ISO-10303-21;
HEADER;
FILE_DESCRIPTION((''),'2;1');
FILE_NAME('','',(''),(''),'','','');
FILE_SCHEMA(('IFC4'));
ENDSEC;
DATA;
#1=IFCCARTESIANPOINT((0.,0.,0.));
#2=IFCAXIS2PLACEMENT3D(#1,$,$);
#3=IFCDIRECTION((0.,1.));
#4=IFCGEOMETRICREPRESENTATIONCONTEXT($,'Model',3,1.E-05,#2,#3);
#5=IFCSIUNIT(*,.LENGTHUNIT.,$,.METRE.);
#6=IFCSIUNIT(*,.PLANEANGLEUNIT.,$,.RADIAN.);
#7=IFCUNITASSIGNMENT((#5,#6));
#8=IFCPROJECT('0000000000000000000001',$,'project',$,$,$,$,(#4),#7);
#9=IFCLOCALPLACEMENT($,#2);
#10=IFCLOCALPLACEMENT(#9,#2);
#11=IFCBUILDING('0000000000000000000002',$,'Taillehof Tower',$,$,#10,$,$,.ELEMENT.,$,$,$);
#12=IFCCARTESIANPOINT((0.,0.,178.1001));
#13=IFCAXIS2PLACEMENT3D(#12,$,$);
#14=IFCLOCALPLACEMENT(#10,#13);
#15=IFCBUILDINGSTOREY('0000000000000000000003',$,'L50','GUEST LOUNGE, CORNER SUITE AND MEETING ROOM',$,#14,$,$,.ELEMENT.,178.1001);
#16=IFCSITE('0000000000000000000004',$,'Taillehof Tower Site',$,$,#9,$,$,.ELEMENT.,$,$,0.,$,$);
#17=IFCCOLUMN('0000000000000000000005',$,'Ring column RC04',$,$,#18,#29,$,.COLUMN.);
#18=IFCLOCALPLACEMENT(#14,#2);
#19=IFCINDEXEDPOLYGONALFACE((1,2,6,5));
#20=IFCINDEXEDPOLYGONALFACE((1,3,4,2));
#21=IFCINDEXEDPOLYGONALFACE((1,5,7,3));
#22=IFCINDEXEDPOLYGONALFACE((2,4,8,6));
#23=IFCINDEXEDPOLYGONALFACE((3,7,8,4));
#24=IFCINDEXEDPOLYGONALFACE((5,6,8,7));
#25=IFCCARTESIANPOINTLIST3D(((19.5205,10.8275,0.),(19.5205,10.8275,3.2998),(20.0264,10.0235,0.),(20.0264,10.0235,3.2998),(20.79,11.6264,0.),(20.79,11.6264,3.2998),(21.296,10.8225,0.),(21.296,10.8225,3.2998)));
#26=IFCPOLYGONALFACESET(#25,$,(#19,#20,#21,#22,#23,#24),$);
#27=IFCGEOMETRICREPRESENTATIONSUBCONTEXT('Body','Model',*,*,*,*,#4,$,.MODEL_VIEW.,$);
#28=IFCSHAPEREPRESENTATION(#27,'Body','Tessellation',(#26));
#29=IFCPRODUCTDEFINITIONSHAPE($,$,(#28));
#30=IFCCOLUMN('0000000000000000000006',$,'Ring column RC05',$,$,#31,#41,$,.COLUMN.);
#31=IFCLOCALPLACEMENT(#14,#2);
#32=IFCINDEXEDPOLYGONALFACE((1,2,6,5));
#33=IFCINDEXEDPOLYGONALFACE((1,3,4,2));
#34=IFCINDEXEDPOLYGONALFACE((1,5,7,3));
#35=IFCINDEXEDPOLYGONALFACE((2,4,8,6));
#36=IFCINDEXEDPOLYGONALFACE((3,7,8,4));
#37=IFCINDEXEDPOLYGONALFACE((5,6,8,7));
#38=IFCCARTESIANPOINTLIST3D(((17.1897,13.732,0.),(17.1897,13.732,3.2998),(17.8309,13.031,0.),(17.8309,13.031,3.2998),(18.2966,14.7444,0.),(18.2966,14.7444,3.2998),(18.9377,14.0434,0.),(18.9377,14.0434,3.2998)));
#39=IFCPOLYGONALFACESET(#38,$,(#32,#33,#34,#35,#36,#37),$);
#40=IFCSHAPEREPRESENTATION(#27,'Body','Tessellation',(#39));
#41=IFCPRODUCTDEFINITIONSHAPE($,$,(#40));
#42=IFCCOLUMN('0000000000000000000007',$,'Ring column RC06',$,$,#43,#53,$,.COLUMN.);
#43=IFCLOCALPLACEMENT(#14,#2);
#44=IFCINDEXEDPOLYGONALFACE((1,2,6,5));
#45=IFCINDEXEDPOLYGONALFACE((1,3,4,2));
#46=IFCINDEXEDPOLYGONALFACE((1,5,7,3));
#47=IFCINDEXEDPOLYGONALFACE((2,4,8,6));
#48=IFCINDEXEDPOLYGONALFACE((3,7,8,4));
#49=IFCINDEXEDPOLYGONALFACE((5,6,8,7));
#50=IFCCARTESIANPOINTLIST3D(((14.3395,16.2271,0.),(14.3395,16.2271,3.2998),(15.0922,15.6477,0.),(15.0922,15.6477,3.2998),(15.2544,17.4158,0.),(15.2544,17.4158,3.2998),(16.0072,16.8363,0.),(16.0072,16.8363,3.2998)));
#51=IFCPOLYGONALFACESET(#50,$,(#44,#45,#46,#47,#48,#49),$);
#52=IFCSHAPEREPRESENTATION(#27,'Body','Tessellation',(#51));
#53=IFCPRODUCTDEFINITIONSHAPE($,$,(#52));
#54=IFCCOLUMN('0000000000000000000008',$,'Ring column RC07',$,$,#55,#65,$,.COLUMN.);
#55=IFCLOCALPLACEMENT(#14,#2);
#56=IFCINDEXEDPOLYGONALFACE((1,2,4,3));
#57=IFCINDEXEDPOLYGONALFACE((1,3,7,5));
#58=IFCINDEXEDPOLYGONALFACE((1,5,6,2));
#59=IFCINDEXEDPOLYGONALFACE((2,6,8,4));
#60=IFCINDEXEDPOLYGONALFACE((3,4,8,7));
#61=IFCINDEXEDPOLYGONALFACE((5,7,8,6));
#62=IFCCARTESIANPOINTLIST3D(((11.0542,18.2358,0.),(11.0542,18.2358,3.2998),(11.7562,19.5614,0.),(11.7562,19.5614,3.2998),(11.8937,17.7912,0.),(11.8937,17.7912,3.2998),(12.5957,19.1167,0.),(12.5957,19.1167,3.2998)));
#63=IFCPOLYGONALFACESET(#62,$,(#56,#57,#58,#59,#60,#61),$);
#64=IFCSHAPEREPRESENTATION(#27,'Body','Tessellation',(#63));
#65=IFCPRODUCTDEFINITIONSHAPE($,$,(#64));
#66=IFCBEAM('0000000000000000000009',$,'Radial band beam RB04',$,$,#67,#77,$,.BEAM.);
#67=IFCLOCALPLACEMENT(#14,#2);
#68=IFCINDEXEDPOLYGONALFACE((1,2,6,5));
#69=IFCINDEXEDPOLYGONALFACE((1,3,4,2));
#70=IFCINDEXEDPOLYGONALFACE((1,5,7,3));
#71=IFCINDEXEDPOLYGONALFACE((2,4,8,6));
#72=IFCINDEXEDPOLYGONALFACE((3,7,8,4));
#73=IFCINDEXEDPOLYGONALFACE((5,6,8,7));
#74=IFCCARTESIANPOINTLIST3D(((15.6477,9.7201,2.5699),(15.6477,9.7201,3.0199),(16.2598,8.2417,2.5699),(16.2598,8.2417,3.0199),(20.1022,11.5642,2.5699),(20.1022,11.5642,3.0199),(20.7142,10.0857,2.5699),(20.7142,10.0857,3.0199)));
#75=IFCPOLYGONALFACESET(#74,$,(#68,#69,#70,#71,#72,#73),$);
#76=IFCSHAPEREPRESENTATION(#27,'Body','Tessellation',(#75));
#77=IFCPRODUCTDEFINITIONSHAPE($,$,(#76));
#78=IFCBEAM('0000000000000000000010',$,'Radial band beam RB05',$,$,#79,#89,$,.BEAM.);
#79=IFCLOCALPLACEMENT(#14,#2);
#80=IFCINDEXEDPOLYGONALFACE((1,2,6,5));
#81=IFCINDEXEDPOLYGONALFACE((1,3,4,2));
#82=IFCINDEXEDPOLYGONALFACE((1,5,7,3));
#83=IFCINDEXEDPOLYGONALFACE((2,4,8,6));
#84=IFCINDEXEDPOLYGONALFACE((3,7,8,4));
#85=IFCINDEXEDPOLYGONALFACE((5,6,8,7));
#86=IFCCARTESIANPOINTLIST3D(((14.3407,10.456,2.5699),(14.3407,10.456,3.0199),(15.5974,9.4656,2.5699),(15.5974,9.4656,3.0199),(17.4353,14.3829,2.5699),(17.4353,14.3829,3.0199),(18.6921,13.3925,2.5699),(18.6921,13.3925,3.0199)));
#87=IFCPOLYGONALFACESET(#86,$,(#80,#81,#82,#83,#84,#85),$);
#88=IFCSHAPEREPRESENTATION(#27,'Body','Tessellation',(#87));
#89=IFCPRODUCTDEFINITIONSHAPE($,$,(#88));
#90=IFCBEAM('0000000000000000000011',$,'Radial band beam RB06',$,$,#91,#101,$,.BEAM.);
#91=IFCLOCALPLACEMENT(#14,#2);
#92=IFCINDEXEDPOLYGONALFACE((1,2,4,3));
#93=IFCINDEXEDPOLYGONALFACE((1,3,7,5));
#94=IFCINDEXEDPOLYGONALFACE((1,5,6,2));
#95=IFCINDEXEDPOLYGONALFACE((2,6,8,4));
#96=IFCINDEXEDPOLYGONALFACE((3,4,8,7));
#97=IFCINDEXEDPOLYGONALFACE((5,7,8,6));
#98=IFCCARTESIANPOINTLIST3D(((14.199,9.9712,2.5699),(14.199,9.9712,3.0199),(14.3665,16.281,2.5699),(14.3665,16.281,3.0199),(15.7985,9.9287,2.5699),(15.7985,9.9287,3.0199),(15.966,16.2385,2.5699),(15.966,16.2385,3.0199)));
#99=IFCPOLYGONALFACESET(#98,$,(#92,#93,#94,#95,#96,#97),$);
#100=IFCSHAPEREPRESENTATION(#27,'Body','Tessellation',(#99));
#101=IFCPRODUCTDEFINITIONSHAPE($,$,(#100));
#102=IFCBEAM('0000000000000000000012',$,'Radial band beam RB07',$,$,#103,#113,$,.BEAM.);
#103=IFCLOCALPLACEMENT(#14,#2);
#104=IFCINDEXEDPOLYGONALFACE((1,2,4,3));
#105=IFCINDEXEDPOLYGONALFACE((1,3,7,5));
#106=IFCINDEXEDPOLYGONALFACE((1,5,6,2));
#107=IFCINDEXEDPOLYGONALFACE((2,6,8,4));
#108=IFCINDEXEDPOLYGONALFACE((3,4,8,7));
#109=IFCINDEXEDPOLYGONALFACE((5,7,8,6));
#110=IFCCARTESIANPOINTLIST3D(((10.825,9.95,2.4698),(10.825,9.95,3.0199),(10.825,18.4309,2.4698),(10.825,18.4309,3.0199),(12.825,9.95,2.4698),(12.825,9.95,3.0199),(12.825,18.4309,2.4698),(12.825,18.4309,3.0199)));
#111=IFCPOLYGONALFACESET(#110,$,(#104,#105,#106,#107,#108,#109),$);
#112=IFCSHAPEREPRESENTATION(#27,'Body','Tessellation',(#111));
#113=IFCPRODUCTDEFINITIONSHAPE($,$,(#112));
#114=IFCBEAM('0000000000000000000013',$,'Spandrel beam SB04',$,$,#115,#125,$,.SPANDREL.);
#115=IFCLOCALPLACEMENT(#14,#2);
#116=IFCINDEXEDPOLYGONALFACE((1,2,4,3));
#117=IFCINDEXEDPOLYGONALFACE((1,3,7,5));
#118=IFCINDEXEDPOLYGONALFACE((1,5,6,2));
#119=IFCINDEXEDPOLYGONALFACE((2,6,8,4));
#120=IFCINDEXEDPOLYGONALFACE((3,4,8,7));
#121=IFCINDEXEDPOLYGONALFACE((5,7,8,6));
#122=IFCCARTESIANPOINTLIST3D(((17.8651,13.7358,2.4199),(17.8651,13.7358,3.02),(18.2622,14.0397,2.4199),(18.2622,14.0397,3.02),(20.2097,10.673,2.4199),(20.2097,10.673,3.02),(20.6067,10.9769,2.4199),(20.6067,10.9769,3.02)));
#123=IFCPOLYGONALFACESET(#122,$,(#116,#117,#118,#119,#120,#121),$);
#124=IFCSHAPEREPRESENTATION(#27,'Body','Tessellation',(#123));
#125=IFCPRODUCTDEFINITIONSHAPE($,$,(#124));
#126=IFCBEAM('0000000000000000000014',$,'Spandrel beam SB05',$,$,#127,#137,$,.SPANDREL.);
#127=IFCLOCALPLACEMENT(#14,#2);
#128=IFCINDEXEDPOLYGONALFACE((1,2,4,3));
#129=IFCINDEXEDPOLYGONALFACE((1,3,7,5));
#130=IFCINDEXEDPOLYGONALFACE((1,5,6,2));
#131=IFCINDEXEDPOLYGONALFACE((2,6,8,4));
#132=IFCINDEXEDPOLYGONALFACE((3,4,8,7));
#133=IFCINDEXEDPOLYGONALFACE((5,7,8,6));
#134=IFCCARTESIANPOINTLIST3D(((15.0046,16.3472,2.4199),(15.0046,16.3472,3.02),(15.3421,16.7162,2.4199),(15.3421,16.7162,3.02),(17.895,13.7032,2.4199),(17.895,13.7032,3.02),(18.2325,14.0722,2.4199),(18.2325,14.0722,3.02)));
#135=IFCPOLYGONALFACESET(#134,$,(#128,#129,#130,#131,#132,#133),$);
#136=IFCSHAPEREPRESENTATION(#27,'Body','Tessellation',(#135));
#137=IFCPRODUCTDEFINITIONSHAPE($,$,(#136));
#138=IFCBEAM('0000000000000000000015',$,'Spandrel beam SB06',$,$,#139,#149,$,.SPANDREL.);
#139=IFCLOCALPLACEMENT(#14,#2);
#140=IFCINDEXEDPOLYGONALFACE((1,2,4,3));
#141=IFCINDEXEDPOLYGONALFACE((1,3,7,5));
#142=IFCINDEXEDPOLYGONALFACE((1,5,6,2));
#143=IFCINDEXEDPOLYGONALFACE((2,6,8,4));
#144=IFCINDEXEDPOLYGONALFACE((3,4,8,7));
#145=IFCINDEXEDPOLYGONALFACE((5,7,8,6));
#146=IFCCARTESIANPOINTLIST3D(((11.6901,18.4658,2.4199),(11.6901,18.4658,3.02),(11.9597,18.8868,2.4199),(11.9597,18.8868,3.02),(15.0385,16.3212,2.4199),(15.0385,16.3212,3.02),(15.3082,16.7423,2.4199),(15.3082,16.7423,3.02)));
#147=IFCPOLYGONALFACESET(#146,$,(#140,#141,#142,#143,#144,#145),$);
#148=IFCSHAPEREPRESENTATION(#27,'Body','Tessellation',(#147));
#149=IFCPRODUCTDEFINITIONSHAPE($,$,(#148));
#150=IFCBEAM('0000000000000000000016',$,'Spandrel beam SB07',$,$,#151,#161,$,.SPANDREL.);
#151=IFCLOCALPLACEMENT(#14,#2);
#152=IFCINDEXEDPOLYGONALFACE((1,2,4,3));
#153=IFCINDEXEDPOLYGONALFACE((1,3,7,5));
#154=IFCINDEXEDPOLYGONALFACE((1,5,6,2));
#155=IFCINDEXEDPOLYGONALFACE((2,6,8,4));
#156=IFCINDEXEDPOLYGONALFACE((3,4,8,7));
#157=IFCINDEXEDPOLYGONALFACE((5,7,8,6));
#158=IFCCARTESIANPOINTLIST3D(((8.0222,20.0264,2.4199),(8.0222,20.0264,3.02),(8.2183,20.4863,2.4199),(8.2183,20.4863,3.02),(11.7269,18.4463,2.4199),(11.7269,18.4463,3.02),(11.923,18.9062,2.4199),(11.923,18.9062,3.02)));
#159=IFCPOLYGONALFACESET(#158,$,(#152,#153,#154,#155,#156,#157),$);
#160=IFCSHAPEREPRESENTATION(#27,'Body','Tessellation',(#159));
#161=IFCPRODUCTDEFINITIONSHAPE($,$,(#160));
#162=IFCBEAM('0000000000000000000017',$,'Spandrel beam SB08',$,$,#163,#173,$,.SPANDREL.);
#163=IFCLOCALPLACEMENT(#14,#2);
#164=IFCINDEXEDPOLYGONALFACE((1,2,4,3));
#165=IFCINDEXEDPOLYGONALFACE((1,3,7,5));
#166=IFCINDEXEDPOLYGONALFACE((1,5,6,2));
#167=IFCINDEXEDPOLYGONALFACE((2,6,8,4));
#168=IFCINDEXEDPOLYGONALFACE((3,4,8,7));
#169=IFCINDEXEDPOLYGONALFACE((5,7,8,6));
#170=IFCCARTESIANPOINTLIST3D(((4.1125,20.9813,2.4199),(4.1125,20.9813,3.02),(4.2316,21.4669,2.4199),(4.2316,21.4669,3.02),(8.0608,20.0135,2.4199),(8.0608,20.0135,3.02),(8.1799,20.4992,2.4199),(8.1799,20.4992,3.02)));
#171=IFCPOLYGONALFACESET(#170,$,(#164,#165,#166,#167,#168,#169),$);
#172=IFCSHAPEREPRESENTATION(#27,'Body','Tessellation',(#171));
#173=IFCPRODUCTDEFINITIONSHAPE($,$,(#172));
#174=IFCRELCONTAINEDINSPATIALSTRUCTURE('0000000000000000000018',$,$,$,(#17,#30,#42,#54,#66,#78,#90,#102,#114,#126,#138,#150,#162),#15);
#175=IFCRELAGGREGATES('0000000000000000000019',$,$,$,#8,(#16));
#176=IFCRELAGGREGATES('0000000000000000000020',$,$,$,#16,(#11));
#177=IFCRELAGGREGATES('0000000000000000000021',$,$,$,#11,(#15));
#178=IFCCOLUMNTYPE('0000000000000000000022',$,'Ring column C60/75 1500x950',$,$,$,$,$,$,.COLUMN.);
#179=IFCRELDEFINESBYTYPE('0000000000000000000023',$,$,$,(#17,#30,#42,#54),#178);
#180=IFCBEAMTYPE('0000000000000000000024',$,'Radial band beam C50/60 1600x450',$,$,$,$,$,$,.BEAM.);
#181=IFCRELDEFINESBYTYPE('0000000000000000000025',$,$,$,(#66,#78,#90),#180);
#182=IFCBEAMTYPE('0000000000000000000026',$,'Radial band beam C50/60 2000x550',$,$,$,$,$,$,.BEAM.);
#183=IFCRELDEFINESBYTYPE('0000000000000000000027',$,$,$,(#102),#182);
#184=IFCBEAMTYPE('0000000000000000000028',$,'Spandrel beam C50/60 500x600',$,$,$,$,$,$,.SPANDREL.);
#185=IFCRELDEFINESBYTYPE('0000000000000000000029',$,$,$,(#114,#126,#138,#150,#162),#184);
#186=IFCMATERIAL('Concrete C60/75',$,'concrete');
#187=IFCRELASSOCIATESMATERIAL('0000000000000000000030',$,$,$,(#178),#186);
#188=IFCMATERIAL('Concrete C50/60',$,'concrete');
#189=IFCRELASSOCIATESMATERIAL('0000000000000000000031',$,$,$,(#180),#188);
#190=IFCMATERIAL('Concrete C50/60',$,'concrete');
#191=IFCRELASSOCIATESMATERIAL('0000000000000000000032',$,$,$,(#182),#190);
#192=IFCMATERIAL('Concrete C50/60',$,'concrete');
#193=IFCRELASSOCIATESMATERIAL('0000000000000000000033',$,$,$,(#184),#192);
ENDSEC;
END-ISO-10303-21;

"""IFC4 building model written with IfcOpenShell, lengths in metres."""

from ifc_helpers import new_model, si_unit, direction, frame, origin, origin_2d, place, context, subcontext, project, spatial, rectangle, extrude, material, material_profile, profile_set, type_object, element, save


model = new_model("IFC4")

# Units and contexts
model_context = context("Model", 3, precision=1e-05, world=origin(), true_north=direction((0.0, 1.0)))
body_context = subcontext(model_context, "Body", "Model", "MODEL_VIEW")
ifc_project = project(units=[si_unit("LENGTHUNIT", "METRE"), si_unit("PLANEANGLEUNIT", "RADIAN")], contexts=[model_context])

# Site, building, storey
site_placement = place(None, origin())
site = spatial("IfcSite", under=ifc_project, at=site_placement, Name="Taillehof Tower Site", CompositionType="ELEMENT", RefElevation=0.0)
building_placement = place(site_placement, origin())
building = spatial("IfcBuilding", under=site, at=building_placement, Name="Taillehof Tower", CompositionType="ELEMENT")
storey_placement = place(building_placement, frame((0.0, 0.0, 178.1001)))
storey = spatial("IfcBuildingStorey", under=building, at=storey_placement, Name="L50", Description="GUEST LOUNGE, CORNER SUITE AND MEETING ROOM", CompositionType="ELEMENT", Elevation=178.1001)

# Columns
ifc_material_1 = material(Name="Concrete C60/75", Category="concrete")
ifc_material_profile_1 = material_profile(ifc_material_1, rectangle(XDim=1.5, YDim=0.95, at=origin_2d()), Name="RC 1500x950")
ifc_profile_set_1 = profile_set([ifc_material_profile_1], Name="Concrete C60/75")
column_type = type_object("IfcColumnType", Name="Ring column C60/75 1500x950", PredefinedType="COLUMN", material=ifc_profile_set_1)
for number, where, z_axis, x_axis, name in (
    (1, (20.4082, 10.825, 0.0), (0.0, 0.0, 1.0), (0.846334, 0.532652, 0.0), "Ring column RC04"),
    (2, (18.0637, 13.8877, 0.0), (0.0, 0.0, 1.0), (0.737879, 0.674933, 0.0), "Ring column RC05"),
    (3, (15.1733, 16.5317, 0.0), (0.0, 0.0, 1.0), (0.609971, 0.792424, 0.0), "Ring column RC06"),
    (4, (11.825, 18.6763, 0.0), (0.0, 0.0, 1.0), (0.468042, 0.883706, 0.0), "Ring column RC07"),
):
    element("IfcColumn", number, at=place(storey_placement, frame(where, z_axis=z_axis, x_axis=x_axis)), inside=storey, type_object=column_type, Name=name, PredefinedType="COLUMN", context=body_context, shape_type="SweptSolid", body=[
        extrude(rectangle(XDim=1.5, YDim=0.95, at=origin_2d()), origin(), (0.0, 0.0, 1.0), 3.2998),
    ])

# Beams
ifc_material_2 = material(Name="Concrete C50/60", Category="concrete")
ifc_material_profile_2 = material_profile(ifc_material_2, rectangle(XDim=1.6001, YDim=0.45, at=origin_2d()), Name="RC 1600x450")
ifc_profile_set_2 = profile_set([ifc_material_profile_2], Name="Concrete C50/60")
beam_type_1 = type_object("IfcBeamType", Name="Radial band beam C50/60 1600x450", PredefinedType="BEAM", material=ifc_profile_set_2)
beam_1_placement = place(storey_placement, frame((20.4082, 10.825, 2.7949), z_axis=(-0.923957, -0.382496, 0.0), x_axis=(0.382496, -0.923957, 0.0)))
element("IfcBeam", 5, at=beam_1_placement, inside=storey, type_object=beam_type_1, Name="Radial band beam RB04", PredefinedType="BEAM", context=body_context, shape_type="SweptSolid", body=[
    extrude(rectangle(XDim=1.6001, YDim=0.45, at=origin_2d()), origin(), (0.0, 0.0, 1.0), 4.821),
])
beam_2_placement = place(storey_placement, frame((18.0637, 13.8877, 2.7949), z_axis=(-0.618962, -0.785421, 0.0), x_axis=(0.785421, -0.618962, 0.0)))
element("IfcBeam", 6, at=beam_2_placement, inside=storey, type_object=beam_type_1, Name="Radial band beam RB05", PredefinedType="BEAM", context=body_context, shape_type="SweptSolid", body=[
    extrude(rectangle(XDim=1.6001, YDim=0.45, at=origin_2d()), origin(), (0.0, 0.0, 1.0), 4.9998),
])
beam_3_placement = place(storey_placement, frame((15.1663, 16.2598, 2.7949), z_axis=(-0.026534, -0.999648, 0.0), x_axis=(0.999648, -0.026534, 0.0)))
element("IfcBeam", 7, at=beam_3_placement, inside=storey, type_object=beam_type_1, Name="Radial band beam RB06", PredefinedType="BEAM", context=body_context, shape_type="SweptSolid", body=[
    extrude(rectangle(XDim=1.6001, YDim=0.45, at=origin_2d()), origin(), (0.0, 0.0, 1.0), 6.312),
])
ifc_material_3 = material(Name="Concrete C50/60", Category="concrete")
ifc_material_profile_3 = material_profile(ifc_material_3, rectangle(XDim=2.0, YDim=0.55, at=origin_2d()), Name="RC 2000x550")
ifc_profile_set_3 = profile_set([ifc_material_profile_3], Name="Concrete C50/60")
beam_type_2 = type_object("IfcBeamType", Name="Radial band beam C50/60 2000x550", PredefinedType="BEAM", material=ifc_profile_set_3)
beam_4_placement = place(storey_placement, frame((11.825, 18.4309, 2.7449), z_axis=(0.0, -1.0, 0.0), x_axis=(1.0, 0.0, 0.0)))
element("IfcBeam", 8, at=beam_4_placement, inside=storey, type_object=beam_type_2, Name="Radial band beam RB07", PredefinedType="BEAM", context=body_context, shape_type="SweptSolid", body=[
    extrude(rectangle(XDim=2.0, YDim=0.55, at=origin_2d()), origin(), (0.0, 0.0, 1.0), 8.481),
])
ifc_material_4 = material(Name="Concrete C50/60", Category="concrete")
ifc_material_profile_4 = material_profile(ifc_material_4, rectangle(XDim=0.5, YDim=0.6001, at=origin_2d()), Name="RC 500x600")
ifc_profile_set_4 = profile_set([ifc_material_profile_4], Name="Concrete C50/60")
beam_type_3 = type_object("IfcBeamType", Name="Spandrel beam C50/60 500x600", PredefinedType="SPANDREL", material=ifc_profile_set_4)
beam_5_placement = place(storey_placement, frame((20.4082, 10.825, 2.72), z_axis=(-0.60784, 0.794059, 0.0), x_axis=(-0.794059, -0.60784, 0.0)))
element("IfcBeam", 9, at=beam_5_placement, inside=storey, type_object=beam_type_3, Name="Spandrel beam SB04", PredefinedType="SPANDREL", context=body_context, shape_type="SweptSolid", body=[
    extrude(rectangle(XDim=0.5, YDim=0.6001, at=origin_2d()), origin(), (0.0, 0.0, 1.0), 3.8572),
])
beam_6_placement = place(storey_placement, frame((18.0637, 13.8877, 2.72), z_axis=(-0.73785, 0.674965, 0.0), x_axis=(-0.674965, -0.73785, 0.0)))
element("IfcBeam", 10, at=beam_6_placement, inside=storey, type_object=beam_type_3, Name="Spandrel beam SB05", PredefinedType="SPANDREL", context=body_context, shape_type="SweptSolid", body=[
    extrude(rectangle(XDim=0.5, YDim=0.6001, at=origin_2d()), origin(), (0.0, 0.0, 1.0), 3.9172),
])
beam_7_placement = place(storey_placement, frame((15.1733, 16.5317, 2.72), z_axis=(-0.842093, 0.539332, 0.0), x_axis=(-0.539332, -0.842093, 0.0)))
element("IfcBeam", 11, at=beam_7_placement, inside=storey, type_object=beam_type_3, Name="Spandrel beam SB06", PredefinedType="SPANDREL", context=body_context, shape_type="SweptSolid", body=[
    extrude(rectangle(XDim=0.5, YDim=0.6001, at=origin_2d()), origin(), (0.0, 0.0, 1.0), 3.9763),
])
beam_8_placement = place(storey_placement, frame((11.825, 18.6763, 2.72), z_axis=(-0.919827, 0.392324, 0.0), x_axis=(-0.392324, -0.919827, 0.0)))
element("IfcBeam", 12, at=beam_8_placement, inside=storey, type_object=beam_type_3, Name="Spandrel beam SB07", PredefinedType="SPANDREL", context=body_context, shape_type="SweptSolid", body=[
    extrude(rectangle(XDim=0.5, YDim=0.6001, at=origin_2d()), origin(), (0.0, 0.0, 1.0), 4.0276),
])
beam_9_placement = place(storey_placement, frame((8.1204, 20.2563, 2.72), z_axis=(-0.971249, 0.238068, 0.0), x_axis=(-0.238068, -0.971249, 0.0)))
element("IfcBeam", 13, at=beam_9_placement, inside=storey, type_object=beam_type_3, Name="Spandrel beam SB08", PredefinedType="SPANDREL", context=body_context, shape_type="SweptSolid", body=[
    extrude(rectangle(XDim=0.5, YDim=0.6001, at=origin_2d()), origin(), (0.0, 0.0, 1.0), 4.0652),
])

save(model, "model.ifc")
